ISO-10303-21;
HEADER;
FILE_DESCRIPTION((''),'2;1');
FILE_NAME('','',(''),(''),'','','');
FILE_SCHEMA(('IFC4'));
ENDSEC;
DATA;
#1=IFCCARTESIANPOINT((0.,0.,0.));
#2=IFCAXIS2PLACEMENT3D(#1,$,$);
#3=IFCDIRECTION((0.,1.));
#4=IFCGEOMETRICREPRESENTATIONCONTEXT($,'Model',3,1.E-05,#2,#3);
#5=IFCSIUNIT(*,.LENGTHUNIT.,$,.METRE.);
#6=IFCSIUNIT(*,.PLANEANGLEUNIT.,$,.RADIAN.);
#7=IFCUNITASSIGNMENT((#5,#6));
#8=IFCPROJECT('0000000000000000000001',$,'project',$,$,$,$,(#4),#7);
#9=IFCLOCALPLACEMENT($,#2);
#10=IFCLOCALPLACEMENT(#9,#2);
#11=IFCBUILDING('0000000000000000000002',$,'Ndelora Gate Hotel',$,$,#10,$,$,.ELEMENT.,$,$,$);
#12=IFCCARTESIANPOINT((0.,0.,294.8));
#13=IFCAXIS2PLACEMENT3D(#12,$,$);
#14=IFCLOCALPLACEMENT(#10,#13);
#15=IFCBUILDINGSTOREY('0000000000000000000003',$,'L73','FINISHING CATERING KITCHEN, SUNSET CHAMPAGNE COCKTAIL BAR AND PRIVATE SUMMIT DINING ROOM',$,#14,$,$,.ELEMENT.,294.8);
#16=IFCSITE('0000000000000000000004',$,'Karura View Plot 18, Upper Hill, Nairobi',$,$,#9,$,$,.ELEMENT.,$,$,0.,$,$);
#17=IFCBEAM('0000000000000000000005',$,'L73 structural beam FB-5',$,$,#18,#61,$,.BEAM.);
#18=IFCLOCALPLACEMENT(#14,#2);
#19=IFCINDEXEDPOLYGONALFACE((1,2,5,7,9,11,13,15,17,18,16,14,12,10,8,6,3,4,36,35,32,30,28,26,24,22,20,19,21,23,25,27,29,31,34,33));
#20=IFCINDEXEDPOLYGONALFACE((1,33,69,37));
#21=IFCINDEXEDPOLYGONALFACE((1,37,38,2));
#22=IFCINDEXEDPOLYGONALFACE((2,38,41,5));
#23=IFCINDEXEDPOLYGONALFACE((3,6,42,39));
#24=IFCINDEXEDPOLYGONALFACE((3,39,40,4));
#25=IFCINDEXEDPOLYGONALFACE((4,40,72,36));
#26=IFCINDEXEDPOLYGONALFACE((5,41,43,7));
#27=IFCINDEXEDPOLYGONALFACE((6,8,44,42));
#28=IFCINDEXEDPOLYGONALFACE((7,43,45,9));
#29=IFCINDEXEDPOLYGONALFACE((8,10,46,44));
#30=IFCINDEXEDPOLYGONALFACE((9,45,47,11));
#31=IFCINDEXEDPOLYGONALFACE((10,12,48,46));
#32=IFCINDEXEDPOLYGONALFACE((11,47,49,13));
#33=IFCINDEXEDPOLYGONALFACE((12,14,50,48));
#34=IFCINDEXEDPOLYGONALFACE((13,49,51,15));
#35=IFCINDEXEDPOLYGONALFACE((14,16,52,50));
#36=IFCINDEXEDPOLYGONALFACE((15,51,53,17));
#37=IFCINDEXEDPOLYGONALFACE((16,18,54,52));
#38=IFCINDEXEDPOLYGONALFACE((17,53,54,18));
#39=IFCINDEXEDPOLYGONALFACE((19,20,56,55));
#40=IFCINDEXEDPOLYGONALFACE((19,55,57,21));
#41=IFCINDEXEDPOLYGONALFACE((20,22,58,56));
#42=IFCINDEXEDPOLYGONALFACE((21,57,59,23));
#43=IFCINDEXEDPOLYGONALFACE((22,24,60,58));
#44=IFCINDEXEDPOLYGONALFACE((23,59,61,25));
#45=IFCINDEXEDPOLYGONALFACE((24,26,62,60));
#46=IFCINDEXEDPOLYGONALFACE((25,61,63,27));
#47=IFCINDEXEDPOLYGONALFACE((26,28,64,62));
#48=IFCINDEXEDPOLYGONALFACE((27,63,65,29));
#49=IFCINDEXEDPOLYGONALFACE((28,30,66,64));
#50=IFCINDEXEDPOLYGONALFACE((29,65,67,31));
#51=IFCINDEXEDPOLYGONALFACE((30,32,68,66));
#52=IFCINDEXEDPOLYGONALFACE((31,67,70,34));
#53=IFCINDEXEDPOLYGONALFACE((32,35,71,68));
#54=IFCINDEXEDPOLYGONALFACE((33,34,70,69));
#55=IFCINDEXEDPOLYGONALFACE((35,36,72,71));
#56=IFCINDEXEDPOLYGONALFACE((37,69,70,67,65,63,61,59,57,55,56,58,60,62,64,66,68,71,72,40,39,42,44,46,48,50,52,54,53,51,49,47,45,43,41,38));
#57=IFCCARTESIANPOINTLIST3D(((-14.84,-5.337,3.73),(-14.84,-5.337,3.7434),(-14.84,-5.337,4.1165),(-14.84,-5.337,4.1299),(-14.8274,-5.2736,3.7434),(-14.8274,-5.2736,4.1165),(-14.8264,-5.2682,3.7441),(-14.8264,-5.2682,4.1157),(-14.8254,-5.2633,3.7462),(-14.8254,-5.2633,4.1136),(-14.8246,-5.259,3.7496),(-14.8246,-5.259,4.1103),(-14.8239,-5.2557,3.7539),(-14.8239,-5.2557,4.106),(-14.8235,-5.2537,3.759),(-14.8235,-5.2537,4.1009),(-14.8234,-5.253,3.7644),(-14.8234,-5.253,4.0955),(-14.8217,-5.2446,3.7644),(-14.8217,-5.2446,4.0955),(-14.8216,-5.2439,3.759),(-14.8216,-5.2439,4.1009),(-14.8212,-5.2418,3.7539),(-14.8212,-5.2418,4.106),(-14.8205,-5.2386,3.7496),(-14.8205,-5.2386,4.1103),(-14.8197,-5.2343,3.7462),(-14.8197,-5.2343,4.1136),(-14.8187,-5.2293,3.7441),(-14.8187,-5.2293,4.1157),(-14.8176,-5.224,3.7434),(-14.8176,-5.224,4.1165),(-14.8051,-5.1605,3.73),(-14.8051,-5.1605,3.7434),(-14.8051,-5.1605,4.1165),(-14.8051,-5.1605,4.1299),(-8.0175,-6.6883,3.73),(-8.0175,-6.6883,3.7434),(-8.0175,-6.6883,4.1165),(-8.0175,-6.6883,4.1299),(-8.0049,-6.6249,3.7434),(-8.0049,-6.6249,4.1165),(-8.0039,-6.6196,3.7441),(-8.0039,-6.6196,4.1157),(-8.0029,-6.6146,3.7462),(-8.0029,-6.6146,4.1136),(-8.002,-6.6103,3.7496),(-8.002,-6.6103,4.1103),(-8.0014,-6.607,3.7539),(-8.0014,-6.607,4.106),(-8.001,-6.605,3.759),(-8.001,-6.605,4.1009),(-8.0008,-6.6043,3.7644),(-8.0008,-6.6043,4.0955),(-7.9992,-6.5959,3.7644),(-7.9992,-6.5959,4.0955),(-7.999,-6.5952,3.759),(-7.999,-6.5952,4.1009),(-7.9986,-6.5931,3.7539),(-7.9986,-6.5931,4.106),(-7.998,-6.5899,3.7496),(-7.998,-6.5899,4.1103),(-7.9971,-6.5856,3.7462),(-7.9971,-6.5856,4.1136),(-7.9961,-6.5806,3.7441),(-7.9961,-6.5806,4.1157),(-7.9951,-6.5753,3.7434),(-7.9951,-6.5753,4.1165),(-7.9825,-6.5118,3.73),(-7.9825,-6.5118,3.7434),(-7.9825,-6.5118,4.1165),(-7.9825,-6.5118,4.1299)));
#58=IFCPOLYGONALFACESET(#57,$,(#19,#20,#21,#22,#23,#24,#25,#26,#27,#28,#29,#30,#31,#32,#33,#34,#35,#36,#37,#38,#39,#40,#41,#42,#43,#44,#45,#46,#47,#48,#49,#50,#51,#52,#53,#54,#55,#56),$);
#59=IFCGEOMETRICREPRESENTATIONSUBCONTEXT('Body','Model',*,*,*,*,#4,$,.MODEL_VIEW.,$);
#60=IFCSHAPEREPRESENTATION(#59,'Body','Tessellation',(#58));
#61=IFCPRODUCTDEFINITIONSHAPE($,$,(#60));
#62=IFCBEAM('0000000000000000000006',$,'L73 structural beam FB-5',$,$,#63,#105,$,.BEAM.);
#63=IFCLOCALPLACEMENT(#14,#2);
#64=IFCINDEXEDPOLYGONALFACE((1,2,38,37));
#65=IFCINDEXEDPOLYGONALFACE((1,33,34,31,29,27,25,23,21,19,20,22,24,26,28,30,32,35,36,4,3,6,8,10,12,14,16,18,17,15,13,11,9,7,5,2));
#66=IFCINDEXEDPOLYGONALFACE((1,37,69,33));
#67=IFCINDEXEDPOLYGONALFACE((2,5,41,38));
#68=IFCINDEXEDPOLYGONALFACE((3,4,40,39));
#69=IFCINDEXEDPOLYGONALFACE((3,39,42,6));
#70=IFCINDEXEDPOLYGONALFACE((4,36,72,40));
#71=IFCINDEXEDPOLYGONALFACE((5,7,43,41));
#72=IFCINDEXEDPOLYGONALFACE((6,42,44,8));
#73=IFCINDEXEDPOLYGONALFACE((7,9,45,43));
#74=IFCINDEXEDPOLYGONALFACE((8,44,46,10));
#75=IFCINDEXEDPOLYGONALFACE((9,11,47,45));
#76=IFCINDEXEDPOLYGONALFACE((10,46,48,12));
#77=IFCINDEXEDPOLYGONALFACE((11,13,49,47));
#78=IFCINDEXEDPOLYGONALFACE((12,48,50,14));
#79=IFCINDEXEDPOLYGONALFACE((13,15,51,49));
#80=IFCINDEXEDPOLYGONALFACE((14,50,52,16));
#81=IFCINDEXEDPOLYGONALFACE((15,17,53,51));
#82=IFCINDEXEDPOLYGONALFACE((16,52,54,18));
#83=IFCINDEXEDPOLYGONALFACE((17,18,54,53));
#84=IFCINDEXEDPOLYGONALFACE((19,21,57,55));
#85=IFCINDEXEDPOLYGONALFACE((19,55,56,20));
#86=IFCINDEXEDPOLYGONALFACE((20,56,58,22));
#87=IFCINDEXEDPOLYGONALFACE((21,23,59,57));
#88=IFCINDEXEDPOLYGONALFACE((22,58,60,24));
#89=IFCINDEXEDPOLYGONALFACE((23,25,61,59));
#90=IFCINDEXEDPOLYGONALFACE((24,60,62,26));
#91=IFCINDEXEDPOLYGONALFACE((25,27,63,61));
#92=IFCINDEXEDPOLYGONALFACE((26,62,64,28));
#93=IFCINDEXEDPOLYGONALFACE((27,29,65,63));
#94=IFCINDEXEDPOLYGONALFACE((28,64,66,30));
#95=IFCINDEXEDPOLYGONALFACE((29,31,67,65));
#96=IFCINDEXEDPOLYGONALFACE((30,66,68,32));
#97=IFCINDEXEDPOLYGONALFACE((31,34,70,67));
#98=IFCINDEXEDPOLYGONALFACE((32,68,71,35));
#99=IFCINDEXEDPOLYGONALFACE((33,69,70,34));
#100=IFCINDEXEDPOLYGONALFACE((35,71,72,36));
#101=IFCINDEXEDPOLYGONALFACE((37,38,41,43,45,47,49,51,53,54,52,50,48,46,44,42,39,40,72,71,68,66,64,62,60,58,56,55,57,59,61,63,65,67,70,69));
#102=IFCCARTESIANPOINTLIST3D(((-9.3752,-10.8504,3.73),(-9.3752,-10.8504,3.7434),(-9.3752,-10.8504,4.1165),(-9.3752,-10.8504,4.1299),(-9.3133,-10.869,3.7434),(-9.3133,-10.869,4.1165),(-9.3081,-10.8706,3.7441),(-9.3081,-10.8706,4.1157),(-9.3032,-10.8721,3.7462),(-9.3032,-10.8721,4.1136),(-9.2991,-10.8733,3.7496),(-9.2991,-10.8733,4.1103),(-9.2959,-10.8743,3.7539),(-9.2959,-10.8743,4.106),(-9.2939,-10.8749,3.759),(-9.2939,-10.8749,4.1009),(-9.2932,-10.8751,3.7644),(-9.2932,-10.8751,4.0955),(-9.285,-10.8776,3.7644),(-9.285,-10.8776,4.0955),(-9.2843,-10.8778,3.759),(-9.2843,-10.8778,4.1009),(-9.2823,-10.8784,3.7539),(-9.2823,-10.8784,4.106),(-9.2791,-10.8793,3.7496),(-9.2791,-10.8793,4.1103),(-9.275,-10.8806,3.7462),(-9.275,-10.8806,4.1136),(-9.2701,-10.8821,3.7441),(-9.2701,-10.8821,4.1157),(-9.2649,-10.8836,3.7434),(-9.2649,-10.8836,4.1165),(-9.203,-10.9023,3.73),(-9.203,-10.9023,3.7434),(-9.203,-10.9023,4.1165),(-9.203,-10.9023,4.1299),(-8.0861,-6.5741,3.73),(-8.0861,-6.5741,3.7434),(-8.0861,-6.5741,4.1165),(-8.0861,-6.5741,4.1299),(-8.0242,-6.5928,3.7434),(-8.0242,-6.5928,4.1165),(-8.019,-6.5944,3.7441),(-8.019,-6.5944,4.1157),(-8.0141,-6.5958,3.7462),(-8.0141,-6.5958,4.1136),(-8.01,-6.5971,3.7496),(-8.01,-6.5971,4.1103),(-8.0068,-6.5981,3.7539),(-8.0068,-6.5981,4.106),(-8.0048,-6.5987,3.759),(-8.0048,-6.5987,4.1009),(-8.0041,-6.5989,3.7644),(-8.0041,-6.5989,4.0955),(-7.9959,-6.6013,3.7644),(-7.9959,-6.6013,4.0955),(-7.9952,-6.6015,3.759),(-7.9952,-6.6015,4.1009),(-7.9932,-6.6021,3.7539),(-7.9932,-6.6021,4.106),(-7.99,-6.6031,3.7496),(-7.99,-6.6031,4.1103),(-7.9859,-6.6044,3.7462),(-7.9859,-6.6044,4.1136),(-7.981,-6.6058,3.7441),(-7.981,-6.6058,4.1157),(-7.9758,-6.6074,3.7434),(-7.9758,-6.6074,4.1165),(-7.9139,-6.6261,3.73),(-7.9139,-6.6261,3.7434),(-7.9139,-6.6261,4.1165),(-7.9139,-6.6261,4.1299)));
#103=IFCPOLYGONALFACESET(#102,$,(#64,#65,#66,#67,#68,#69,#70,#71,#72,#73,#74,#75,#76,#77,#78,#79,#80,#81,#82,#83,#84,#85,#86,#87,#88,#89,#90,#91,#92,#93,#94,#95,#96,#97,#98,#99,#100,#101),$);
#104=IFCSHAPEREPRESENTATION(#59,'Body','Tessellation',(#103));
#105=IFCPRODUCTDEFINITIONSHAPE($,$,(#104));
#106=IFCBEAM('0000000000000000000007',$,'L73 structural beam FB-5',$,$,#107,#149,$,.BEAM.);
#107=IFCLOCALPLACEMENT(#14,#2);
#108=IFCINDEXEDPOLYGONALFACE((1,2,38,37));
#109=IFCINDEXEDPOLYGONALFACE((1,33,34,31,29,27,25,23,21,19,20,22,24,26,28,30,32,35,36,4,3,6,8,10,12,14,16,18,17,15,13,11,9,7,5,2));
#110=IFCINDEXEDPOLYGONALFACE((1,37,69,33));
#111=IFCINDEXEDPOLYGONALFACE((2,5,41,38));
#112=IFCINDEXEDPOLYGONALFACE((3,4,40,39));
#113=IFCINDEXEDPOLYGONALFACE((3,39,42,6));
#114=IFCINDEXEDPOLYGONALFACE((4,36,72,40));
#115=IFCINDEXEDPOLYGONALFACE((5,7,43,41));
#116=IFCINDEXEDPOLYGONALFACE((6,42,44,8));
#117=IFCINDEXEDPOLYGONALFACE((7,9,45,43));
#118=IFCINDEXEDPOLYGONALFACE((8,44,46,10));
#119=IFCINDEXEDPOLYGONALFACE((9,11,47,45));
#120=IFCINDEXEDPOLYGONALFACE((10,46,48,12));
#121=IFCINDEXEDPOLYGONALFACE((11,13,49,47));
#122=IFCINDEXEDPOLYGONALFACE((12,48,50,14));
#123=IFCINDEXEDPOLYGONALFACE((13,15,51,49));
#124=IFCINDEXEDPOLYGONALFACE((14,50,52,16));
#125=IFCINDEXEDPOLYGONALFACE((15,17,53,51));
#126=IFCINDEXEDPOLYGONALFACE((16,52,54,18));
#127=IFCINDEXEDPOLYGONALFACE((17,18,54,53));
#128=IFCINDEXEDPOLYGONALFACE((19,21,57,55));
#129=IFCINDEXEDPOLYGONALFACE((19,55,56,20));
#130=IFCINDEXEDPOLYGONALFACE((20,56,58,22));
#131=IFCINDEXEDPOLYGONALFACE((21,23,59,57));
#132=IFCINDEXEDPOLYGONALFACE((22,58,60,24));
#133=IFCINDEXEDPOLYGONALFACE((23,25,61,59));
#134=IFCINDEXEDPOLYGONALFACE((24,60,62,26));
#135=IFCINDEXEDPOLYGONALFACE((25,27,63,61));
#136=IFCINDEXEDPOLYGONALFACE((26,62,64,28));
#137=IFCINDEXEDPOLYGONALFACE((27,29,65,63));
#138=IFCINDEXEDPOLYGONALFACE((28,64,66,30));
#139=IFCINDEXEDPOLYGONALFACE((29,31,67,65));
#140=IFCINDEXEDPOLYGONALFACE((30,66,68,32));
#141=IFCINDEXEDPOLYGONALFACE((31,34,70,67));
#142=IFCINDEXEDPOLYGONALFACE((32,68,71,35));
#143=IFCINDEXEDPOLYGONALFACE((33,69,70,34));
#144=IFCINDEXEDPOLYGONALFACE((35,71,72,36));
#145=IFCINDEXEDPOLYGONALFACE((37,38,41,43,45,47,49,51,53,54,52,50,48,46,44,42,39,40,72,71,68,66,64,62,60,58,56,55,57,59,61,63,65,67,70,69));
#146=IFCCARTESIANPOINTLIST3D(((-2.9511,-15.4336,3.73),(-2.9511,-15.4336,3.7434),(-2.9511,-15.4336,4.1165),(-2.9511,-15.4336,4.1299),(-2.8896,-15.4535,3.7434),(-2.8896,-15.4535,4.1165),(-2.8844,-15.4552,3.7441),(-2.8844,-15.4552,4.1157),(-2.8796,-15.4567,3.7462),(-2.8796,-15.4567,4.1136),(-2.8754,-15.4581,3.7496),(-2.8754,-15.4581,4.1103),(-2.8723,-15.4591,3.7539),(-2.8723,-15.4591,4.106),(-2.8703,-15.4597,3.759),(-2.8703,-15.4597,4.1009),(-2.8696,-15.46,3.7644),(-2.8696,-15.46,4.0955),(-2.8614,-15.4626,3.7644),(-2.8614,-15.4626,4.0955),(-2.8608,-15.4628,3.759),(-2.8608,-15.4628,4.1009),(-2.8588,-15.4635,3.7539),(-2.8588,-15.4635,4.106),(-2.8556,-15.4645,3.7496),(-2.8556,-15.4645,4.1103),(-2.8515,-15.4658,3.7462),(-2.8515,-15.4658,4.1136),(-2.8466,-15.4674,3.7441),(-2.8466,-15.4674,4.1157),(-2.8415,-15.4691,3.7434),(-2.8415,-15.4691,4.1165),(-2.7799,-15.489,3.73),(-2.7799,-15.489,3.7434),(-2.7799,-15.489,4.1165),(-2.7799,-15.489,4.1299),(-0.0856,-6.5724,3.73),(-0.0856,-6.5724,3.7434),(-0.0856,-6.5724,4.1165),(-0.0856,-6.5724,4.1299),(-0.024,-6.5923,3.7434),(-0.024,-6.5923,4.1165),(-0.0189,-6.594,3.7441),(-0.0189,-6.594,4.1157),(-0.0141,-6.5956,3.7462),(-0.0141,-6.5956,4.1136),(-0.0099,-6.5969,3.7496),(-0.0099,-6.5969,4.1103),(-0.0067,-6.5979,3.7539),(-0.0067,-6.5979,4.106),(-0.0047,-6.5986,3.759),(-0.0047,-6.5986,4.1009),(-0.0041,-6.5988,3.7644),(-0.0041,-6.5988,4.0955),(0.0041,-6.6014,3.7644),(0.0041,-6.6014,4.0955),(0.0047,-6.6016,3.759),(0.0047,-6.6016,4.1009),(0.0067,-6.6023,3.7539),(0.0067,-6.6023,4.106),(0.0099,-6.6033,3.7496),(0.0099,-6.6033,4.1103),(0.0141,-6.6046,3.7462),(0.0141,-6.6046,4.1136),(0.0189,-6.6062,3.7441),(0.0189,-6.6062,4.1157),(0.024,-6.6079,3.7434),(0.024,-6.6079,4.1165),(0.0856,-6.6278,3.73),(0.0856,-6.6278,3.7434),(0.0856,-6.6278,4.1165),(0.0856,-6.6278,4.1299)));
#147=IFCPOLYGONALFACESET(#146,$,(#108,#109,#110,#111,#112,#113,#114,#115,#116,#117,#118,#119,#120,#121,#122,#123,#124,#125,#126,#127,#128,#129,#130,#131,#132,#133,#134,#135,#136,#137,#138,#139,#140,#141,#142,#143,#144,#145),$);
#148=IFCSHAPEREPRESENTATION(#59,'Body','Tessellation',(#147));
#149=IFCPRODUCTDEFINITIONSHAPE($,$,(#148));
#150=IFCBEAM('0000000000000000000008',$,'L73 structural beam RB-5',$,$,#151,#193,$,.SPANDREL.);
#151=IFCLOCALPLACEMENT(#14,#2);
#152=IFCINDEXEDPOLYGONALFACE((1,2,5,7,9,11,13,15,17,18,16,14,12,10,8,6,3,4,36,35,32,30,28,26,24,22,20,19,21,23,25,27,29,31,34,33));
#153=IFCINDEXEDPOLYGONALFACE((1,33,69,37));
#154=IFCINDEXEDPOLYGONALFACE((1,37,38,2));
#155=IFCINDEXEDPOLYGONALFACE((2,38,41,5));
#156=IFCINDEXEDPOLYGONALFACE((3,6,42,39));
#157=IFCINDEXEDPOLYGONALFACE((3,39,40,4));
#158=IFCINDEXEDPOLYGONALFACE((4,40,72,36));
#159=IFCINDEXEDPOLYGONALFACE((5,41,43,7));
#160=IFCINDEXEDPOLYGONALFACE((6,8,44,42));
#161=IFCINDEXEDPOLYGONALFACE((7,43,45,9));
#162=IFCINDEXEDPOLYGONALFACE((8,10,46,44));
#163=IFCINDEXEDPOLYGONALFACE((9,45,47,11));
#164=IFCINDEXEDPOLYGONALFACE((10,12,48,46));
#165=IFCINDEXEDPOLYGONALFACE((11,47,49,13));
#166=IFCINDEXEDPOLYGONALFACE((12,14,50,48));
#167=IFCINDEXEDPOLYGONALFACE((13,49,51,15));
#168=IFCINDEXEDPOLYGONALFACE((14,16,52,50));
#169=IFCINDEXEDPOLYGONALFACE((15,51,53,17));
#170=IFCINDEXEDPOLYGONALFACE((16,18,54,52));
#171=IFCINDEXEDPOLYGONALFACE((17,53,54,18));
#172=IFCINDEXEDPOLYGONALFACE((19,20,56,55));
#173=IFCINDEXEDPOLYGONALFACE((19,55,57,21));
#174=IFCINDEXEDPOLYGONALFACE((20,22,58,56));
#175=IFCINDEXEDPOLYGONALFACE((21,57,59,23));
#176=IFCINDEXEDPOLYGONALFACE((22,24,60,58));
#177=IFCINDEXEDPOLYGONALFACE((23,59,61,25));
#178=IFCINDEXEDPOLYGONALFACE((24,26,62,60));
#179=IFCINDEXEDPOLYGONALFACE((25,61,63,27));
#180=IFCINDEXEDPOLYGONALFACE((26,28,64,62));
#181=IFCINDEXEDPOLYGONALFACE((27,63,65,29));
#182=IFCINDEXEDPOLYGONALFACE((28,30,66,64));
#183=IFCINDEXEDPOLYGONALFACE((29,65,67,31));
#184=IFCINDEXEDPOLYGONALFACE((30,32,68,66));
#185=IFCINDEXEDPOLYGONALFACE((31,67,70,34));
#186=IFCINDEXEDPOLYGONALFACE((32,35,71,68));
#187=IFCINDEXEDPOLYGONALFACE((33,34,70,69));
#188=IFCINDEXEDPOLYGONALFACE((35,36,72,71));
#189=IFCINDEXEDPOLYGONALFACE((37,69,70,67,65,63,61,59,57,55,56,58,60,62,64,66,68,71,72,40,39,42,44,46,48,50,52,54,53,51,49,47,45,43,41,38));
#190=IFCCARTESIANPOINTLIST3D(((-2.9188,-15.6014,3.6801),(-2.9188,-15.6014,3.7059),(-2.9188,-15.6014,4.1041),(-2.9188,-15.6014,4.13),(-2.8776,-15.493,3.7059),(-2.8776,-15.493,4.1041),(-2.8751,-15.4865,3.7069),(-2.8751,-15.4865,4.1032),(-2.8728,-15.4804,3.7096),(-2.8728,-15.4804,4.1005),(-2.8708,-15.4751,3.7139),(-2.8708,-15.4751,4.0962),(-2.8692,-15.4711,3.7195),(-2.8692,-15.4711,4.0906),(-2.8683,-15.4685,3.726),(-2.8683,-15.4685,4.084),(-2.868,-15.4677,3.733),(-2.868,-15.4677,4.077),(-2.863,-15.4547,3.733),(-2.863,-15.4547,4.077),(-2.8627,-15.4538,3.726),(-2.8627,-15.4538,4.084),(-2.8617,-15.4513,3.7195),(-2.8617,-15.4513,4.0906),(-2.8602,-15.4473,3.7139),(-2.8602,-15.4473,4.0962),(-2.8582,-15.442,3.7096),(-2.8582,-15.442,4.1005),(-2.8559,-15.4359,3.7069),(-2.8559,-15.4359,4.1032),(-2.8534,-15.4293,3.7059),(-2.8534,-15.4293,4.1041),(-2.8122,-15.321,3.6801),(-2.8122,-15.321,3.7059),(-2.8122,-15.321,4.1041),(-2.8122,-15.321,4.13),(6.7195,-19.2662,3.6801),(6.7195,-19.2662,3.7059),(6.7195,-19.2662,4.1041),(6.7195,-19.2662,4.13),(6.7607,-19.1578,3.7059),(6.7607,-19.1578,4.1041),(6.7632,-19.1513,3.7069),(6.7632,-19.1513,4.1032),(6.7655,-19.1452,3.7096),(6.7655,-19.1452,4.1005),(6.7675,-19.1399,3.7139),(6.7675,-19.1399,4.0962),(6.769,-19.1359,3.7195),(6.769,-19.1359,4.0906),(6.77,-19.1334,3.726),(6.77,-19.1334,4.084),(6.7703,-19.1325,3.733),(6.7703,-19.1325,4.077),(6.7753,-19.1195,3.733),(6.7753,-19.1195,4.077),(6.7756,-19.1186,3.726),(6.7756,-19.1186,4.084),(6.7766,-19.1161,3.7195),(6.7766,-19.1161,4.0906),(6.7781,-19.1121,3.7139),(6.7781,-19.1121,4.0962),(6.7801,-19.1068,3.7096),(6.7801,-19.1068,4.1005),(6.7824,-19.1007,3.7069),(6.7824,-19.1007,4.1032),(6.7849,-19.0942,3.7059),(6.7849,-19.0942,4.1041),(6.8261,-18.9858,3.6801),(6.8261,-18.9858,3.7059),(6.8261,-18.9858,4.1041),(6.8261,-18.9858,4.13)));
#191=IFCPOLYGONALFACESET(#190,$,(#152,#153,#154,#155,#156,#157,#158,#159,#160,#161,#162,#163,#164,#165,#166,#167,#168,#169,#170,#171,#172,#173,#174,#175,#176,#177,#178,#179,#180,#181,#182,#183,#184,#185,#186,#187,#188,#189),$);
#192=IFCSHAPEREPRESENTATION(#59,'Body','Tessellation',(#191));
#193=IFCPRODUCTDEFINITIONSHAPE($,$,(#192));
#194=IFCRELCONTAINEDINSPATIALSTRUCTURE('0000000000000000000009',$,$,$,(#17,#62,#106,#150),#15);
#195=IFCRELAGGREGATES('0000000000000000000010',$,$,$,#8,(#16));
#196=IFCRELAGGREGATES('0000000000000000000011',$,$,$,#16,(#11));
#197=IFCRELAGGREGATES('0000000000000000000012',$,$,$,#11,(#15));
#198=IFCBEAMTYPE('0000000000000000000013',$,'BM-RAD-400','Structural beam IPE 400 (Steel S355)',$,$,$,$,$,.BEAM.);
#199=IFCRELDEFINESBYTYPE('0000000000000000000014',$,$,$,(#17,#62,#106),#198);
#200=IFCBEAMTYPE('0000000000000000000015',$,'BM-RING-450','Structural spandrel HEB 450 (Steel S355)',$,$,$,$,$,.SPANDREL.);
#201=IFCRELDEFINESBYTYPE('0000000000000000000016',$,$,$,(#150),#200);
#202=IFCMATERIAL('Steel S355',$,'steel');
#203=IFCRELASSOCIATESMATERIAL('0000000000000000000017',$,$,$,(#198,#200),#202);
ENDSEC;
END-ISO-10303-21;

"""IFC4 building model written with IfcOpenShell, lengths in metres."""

from ifc_helpers import new_model, si_unit, direction, frame, origin, origin_2d, place, context, subcontext, project, spatial, i_section, extrude, material, material_profile, profile_set, type_object, element, save


model = new_model("IFC4")

# Units and contexts
model_context = context("Model", 3, precision=1e-05, world=origin(), true_north=direction((0.0, 1.0)))
body_context = subcontext(model_context, "Body", "Model", "MODEL_VIEW")
ifc_project = project(units=[si_unit("LENGTHUNIT", "METRE"), si_unit("PLANEANGLEUNIT", "RADIAN")], contexts=[model_context])

# Site, building, storey
site_placement = place(None, origin())
site = spatial("IfcSite", under=ifc_project, at=site_placement, Name="Karura View Plot 18, Upper Hill, Nairobi", CompositionType="ELEMENT", RefElevation=0.0)
building_placement = place(site_placement, origin())
building = spatial("IfcBuilding", under=site, at=building_placement, Name="Ndelora Gate Hotel", CompositionType="ELEMENT")
storey_placement = place(building_placement, frame((0.0, 0.0, 294.8)))
storey = spatial("IfcBuildingStorey", under=building, at=storey_placement, Name="L73", Description="FINISHING CATERING KITCHEN, SUNSET CHAMPAGNE COCKTAIL BAR AND PRIVATE SUMMIT DINING ROOM", CompositionType="ELEMENT", Elevation=294.8)

# Beams
ifc_material_1 = material(Name="Steel S355", Category="steel")
ifc_material_profile_1 = material_profile(ifc_material_1, i_section(OverallWidth=0.1799, OverallDepth=0.3999, WebThickness=0.0085, FlangeThickness=0.0134, FilletRadius=0.021, at=origin_2d()), Name="IPE 400")
ifc_profile_set_1 = profile_set([ifc_material_profile_1], Name="Steel S355")
beam_type_1 = type_object("IfcBeamType", Name="BM-RAD-400", Description="Structural beam IPE 400 (Steel S355)", PredefinedType="BEAM", material=ifc_profile_set_1)
beam_1_placement = place(storey_placement, frame((-8.0, -6.6001, 3.9299), z_axis=(-0.980944, 0.194293, 0.0), x_axis=(-0.194293, -0.980944, 0.0)))
element("IfcBeam", 1, at=beam_1_placement, inside=storey, type_object=beam_type_1, Name="L73 structural beam FB-5", PredefinedType="BEAM", context=body_context, shape_type="SweptSolid", body=[
    extrude(i_section(OverallWidth=0.1799, OverallDepth=0.3999, WebThickness=0.0085, FlangeThickness=0.0134, FilletRadius=0.021, at=origin_2d()), origin(), (0.0, 0.0, 1.0), 6.9551),
])
beam_2_placement = place(storey_placement, frame((-8.0, -6.6001, 3.9299), z_axis=(-0.288626, -0.957442, 0.0), x_axis=(0.957442, -0.288626, 0.0)))
element("IfcBeam", 2, at=beam_2_placement, inside=storey, type_object=beam_type_1, Name="L73 structural beam FB-5", PredefinedType="BEAM", context=body_context, shape_type="SweptSolid", body=[
    extrude(i_section(OverallWidth=0.1799, OverallDepth=0.3999, WebThickness=0.0085, FlangeThickness=0.0134, FilletRadius=0.021, at=origin_2d()), origin(), (0.0, 0.0, 1.0), 4.4663),
])
beam_3_placement = place(storey_placement, frame((0.0, -6.6001, 3.9299), z_axis=(-0.30769, -0.951487, 0.0), x_axis=(0.951487, -0.30769, 0.0)))
element("IfcBeam", 3, at=beam_3_placement, inside=storey, type_object=beam_type_1, Name="L73 structural beam FB-5", PredefinedType="BEAM", context=body_context, shape_type="SweptSolid", body=[
    extrude(i_section(OverallWidth=0.1799, OverallDepth=0.3999, WebThickness=0.0085, FlangeThickness=0.0134, FilletRadius=0.021, at=origin_2d()), origin(), (0.0, 0.0, 1.0), 9.313),
])
ifc_material_profile_2 = material_profile(ifc_material_1, i_section(OverallWidth=0.3, OverallDepth=0.45, WebThickness=0.0139, FlangeThickness=0.0259, FilletRadius=0.0271, at=origin_2d()), Name="HEB 450")
ifc_profile_set_2 = profile_set([ifc_material_profile_2], Name="Steel S355")
beam_type_2 = type_object("IfcBeamType", Name="BM-RING-450", Description="Structural spandrel HEB 450 (Steel S355)", PredefinedType="SPANDREL", material=ifc_profile_set_2)
beam_4_placement = place(storey_placement, frame((-2.8655, -15.4612, 3.905), z_axis=(0.93471, -0.355411, 0.0), x_axis=(0.355411, 0.93471, 0.0)))
element("IfcBeam", 4, at=beam_4_placement, inside=storey, type_object=beam_type_2, Name="L73 structural beam RB-5", PredefinedType="SPANDREL", context=body_context, shape_type="SweptSolid", body=[
    extrude(i_section(OverallWidth=0.3, OverallDepth=0.45, WebThickness=0.0139, FlangeThickness=0.0259, FilletRadius=0.0271, at=origin_2d()), origin(), (0.0, 0.0, 1.0), 10.3115),
])

save(model, "model.ifc")
